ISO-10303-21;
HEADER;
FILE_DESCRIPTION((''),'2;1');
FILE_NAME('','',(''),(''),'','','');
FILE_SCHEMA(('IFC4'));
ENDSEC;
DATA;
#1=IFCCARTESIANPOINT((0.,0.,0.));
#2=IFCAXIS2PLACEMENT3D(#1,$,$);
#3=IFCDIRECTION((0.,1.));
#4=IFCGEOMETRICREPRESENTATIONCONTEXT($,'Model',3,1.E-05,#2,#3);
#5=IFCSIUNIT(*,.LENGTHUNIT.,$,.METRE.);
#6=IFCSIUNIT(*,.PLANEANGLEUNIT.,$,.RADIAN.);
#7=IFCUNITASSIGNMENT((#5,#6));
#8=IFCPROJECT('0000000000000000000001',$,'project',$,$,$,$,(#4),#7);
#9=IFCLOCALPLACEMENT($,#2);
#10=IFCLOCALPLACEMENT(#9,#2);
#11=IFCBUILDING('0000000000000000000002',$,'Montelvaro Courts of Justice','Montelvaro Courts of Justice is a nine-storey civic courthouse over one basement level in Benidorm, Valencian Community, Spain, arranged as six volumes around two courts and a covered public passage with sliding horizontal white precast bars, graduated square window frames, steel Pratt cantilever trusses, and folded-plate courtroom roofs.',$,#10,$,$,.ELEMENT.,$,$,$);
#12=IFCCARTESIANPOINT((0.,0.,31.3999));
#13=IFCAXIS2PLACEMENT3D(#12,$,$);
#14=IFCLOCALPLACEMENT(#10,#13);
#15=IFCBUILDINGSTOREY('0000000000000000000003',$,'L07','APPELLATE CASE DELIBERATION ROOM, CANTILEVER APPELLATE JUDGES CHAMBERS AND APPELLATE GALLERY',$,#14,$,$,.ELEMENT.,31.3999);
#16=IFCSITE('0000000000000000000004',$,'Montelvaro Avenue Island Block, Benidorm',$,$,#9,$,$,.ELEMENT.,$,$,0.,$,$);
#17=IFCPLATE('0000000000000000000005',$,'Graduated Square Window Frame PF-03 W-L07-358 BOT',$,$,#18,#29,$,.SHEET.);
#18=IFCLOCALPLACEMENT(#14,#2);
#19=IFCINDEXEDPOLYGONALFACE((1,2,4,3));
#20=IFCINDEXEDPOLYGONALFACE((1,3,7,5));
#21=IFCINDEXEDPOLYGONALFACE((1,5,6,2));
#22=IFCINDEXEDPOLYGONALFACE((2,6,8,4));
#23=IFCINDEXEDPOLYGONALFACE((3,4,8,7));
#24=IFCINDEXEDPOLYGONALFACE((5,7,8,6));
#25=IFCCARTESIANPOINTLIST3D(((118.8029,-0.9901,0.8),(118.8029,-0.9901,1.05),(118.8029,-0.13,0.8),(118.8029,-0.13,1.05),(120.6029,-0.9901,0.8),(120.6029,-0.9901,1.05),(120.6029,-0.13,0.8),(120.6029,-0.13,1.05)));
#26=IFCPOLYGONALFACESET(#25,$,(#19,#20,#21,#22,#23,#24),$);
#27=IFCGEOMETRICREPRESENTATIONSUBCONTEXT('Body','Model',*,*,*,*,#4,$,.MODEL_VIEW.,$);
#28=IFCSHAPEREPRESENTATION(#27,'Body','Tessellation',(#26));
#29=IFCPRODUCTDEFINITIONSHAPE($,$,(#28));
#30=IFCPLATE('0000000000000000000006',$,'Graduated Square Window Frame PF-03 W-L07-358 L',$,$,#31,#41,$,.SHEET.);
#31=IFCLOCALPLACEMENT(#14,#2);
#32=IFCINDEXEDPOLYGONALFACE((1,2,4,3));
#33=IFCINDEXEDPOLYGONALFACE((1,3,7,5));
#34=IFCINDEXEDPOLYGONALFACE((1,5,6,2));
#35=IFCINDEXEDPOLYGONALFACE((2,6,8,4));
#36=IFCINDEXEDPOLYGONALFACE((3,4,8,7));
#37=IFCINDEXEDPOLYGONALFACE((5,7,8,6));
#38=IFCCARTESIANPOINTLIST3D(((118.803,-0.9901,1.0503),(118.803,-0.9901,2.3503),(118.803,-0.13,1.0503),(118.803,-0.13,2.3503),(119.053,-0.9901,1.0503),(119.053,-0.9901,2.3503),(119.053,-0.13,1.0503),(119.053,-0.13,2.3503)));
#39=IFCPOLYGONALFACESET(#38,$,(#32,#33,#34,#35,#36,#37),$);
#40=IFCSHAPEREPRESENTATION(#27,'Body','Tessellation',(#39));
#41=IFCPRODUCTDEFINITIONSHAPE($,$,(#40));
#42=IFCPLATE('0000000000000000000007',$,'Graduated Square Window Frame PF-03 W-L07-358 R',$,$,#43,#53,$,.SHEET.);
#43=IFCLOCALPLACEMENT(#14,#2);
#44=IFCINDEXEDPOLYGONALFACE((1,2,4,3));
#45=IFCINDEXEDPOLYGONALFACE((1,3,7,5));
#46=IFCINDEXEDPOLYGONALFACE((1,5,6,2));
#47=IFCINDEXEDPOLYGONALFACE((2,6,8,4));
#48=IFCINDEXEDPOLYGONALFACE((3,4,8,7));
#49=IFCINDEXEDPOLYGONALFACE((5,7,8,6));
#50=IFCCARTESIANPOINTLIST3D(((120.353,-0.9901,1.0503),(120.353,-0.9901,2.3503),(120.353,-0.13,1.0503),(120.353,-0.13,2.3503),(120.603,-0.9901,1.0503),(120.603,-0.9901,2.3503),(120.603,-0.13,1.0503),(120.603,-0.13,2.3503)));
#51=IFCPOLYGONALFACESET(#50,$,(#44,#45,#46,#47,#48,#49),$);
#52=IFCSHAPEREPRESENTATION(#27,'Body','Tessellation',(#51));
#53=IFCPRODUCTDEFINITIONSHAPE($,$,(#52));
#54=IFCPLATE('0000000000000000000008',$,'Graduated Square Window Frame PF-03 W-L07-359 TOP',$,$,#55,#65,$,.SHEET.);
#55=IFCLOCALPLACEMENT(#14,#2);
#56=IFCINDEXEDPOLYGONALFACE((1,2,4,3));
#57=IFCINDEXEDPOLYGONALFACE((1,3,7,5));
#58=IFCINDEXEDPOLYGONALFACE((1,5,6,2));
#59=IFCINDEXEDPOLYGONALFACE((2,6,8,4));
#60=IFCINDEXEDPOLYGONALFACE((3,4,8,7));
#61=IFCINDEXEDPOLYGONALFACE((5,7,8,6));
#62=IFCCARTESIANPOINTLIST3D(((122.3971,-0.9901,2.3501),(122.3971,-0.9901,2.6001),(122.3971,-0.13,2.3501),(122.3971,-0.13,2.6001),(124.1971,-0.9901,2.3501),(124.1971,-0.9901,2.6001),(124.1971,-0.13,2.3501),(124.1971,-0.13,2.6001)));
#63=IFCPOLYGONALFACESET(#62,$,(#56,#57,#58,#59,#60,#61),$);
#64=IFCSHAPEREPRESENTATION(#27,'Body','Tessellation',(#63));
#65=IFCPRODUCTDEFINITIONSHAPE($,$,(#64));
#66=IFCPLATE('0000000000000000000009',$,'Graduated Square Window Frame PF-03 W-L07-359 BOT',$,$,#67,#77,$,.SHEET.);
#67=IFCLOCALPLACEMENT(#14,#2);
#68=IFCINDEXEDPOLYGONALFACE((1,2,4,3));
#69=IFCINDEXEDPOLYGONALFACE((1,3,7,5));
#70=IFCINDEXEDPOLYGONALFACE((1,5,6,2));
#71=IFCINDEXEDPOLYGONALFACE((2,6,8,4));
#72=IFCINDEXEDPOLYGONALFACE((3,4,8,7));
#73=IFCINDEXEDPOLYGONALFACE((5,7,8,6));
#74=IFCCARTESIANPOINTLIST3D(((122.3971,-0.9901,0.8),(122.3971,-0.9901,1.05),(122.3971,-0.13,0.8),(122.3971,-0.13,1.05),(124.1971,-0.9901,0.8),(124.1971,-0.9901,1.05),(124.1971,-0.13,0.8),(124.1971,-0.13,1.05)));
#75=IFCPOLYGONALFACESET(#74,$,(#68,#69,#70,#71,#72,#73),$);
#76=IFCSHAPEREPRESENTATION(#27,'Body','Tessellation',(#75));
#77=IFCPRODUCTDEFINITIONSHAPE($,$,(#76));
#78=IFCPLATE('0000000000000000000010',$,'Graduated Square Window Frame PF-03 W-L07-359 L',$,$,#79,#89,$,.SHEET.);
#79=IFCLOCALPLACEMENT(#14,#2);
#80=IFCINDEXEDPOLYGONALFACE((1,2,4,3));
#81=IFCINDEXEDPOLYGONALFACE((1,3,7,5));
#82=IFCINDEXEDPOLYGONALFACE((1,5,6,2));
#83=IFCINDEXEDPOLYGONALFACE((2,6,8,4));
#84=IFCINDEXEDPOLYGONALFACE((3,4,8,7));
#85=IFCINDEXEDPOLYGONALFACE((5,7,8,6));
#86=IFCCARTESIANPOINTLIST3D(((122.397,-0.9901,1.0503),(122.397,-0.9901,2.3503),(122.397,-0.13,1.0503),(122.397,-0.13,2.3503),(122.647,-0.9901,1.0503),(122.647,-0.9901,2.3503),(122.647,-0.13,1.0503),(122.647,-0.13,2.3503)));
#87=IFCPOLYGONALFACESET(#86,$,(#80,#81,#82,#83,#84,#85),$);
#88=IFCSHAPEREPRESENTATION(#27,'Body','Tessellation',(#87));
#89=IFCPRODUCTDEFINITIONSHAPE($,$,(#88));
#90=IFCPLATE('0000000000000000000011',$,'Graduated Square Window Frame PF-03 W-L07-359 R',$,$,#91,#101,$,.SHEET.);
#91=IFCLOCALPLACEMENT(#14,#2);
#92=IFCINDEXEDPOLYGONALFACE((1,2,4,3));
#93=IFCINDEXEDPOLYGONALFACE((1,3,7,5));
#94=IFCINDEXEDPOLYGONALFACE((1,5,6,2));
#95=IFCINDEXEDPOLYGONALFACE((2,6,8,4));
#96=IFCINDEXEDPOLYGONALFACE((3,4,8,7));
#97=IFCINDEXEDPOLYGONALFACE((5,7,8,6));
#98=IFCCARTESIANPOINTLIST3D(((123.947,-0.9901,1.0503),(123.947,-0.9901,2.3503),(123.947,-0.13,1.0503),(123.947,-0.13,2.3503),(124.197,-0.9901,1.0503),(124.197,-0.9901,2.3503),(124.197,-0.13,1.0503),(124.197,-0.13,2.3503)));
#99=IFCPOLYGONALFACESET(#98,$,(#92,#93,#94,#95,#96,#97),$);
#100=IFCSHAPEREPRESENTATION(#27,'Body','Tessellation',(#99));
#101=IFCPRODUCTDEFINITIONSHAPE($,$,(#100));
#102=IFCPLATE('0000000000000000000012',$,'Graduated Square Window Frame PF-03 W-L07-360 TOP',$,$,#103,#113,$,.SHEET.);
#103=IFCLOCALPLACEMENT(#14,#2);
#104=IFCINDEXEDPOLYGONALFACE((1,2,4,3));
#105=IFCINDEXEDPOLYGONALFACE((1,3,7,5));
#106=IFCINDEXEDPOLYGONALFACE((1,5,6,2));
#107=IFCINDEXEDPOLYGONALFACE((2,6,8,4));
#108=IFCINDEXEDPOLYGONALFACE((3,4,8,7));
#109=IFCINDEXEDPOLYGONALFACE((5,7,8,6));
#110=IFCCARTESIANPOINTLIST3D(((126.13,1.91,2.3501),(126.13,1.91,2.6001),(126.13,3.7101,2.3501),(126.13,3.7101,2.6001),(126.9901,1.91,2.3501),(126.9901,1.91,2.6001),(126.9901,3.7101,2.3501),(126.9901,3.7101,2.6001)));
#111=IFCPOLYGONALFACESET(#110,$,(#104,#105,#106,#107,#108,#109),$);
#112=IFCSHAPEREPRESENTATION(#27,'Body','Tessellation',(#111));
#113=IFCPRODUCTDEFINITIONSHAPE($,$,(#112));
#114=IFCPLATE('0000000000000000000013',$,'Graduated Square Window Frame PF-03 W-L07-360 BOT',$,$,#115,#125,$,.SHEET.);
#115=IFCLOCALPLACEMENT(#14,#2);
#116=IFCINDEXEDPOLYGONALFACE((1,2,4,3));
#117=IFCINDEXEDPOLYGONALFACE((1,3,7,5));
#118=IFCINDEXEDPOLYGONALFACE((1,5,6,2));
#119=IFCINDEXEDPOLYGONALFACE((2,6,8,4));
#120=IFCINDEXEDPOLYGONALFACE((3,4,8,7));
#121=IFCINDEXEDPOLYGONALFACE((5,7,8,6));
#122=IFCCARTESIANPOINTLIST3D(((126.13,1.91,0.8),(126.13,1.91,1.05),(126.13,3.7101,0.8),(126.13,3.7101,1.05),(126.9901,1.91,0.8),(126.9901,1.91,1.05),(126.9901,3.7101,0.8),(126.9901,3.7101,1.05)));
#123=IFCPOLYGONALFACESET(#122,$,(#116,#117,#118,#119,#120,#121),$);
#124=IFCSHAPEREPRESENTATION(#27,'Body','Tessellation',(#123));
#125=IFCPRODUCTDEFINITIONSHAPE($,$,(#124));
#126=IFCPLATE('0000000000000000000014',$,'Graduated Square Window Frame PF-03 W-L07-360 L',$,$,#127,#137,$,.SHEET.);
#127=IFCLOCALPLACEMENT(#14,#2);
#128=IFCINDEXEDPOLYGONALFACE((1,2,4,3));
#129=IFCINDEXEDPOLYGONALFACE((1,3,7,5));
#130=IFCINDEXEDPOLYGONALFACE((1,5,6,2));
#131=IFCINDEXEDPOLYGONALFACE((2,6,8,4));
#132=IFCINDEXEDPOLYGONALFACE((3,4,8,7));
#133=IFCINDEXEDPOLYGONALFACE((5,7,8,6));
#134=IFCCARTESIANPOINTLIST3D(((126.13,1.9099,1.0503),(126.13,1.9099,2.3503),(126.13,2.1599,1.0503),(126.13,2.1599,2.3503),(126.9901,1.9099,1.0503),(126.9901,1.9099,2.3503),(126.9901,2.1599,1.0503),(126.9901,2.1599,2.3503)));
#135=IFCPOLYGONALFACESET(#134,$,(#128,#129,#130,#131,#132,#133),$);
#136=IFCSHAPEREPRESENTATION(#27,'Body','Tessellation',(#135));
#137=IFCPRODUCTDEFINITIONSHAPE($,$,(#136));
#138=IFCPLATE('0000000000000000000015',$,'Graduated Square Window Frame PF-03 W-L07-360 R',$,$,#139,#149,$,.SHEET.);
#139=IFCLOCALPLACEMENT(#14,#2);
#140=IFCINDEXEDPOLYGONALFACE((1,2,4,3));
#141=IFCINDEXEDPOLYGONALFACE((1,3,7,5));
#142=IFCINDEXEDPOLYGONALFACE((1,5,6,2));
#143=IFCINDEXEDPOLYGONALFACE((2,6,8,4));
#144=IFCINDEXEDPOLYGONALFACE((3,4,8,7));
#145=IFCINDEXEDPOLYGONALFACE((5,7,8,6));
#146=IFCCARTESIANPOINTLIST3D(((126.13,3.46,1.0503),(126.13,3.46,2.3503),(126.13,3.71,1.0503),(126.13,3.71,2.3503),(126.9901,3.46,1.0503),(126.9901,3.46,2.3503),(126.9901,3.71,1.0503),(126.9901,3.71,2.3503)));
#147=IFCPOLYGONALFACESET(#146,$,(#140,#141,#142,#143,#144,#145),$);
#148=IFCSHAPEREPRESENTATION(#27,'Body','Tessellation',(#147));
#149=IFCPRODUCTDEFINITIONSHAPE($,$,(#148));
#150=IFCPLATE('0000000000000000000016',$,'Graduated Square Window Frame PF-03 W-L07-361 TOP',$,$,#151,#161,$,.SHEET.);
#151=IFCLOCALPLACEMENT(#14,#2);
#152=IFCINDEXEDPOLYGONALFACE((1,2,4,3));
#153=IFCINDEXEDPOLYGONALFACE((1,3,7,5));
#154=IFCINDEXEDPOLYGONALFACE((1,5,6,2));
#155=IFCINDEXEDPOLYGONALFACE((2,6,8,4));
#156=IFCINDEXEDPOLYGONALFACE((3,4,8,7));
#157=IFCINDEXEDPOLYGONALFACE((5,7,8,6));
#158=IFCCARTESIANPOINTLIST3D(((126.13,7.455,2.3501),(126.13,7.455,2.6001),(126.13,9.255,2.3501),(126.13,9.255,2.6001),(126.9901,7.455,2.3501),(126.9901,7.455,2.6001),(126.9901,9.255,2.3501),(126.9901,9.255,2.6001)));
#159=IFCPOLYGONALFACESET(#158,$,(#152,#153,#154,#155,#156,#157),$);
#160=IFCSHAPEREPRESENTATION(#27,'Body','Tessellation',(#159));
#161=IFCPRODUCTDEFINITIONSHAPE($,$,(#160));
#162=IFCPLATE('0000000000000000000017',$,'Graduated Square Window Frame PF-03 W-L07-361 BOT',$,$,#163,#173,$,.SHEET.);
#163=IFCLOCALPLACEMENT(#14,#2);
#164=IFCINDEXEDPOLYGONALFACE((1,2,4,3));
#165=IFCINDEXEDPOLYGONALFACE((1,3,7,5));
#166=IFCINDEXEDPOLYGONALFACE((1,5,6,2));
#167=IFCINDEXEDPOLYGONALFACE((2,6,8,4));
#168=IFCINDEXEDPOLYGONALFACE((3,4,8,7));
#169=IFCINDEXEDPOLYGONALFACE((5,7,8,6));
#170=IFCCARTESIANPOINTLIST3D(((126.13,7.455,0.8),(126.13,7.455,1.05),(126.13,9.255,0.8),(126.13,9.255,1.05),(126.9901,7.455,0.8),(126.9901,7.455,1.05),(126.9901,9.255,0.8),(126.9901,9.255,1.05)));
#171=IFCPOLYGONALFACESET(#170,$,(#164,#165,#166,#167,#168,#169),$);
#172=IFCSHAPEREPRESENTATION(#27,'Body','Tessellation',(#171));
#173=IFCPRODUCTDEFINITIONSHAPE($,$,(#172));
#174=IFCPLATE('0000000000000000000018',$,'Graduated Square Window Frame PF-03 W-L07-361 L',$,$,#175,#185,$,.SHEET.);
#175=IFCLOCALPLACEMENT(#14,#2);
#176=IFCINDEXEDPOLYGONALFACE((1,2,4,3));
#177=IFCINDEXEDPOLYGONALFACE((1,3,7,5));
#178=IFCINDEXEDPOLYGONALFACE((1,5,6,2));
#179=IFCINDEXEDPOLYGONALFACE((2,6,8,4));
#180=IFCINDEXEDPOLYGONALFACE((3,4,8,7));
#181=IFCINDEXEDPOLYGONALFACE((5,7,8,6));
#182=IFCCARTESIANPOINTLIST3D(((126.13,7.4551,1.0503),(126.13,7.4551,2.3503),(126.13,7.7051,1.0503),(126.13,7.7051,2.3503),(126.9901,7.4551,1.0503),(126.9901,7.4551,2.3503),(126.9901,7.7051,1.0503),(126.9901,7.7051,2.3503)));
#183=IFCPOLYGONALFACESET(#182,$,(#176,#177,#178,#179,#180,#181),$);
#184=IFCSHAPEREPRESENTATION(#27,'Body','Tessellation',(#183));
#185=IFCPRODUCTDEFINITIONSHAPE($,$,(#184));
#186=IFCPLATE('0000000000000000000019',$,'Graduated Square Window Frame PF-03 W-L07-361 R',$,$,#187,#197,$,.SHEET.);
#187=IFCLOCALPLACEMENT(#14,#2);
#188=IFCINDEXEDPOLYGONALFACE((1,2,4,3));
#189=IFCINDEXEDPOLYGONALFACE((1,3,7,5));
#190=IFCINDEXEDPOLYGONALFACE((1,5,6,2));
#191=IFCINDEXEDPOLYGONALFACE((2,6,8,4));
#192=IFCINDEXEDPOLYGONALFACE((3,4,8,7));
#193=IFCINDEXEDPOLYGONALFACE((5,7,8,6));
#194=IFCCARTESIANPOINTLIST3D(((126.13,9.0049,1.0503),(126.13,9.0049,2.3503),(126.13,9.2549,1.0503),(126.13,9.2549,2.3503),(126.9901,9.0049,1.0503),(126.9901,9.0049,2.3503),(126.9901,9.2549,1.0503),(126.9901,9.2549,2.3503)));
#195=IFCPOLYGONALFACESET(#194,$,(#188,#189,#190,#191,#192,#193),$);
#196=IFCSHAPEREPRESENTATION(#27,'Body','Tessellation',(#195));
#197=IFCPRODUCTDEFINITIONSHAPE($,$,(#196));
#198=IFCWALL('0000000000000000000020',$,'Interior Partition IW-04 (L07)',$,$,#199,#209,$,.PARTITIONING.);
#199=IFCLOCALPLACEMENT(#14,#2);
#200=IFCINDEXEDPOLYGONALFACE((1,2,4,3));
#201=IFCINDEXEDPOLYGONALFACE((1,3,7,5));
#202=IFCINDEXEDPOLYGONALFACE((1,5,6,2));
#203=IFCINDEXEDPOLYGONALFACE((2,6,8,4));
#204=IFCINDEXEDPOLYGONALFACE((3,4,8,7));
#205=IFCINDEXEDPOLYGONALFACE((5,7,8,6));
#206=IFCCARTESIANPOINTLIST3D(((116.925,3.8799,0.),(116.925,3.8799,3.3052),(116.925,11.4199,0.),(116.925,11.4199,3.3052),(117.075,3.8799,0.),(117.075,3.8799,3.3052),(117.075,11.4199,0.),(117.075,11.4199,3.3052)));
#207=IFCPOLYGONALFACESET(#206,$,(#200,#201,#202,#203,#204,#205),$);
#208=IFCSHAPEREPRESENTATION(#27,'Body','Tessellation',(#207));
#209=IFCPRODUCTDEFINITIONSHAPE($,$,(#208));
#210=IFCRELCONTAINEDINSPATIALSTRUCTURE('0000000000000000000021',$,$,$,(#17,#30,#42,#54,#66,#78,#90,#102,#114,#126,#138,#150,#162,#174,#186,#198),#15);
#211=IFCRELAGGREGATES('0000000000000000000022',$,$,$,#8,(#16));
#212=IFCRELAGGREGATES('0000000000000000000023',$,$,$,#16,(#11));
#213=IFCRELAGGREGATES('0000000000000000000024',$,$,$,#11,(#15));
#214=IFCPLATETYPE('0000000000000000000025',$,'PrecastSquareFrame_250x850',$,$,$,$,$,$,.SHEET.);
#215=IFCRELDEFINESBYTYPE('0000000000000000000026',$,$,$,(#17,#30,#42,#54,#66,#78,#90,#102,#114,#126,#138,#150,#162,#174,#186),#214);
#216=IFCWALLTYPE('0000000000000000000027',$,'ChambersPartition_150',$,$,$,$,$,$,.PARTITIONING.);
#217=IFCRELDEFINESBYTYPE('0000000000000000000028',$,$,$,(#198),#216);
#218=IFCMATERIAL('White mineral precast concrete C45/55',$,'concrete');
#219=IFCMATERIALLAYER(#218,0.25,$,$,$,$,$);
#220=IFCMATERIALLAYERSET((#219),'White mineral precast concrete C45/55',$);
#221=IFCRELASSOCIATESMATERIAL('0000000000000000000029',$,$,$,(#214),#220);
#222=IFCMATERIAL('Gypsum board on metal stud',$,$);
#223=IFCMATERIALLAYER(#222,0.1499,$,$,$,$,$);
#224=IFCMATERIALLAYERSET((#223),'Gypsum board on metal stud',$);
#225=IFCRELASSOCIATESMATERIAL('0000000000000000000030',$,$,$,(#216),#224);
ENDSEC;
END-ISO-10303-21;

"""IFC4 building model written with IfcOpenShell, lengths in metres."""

from ifc_helpers import new_model, si_unit, direction, frame, frame_2d, origin, origin_2d, place, context, subcontext, project, spatial, rectangle, extrude, material, layer, layer_set, type_object, element, save


model = new_model("IFC4")

# Units and contexts
model_context = context("Model", 3, precision=1e-05, world=origin(), true_north=direction((0.0, 1.0)))
body_context = subcontext(model_context, "Body", "Model", "MODEL_VIEW")
ifc_project = project(units=[si_unit("LENGTHUNIT", "METRE"), si_unit("PLANEANGLEUNIT", "RADIAN")], contexts=[model_context])

# Site, building, storey
site_placement = place(None, origin())
site = spatial("IfcSite", under=ifc_project, at=site_placement, Name="Montelvaro Avenue Island Block, Benidorm", CompositionType="ELEMENT", RefElevation=0.0)
building_placement = place(site_placement, origin())
building = spatial("IfcBuilding", under=site, at=building_placement, Name="Montelvaro Courts of Justice", Description="Montelvaro Courts of Justice is a nine-storey civic courthouse over one basement level in Benidorm, Valencian Community, Spain, arranged as six volumes around two courts and a covered public passage with sliding horizontal white precast bars, graduated square window frames, steel Pratt cantilever trusses, and folded-plate courtroom roofs.", CompositionType="ELEMENT")
storey_placement = place(building_placement, frame((0.0, 0.0, 31.3999)))
storey = spatial("IfcBuildingStorey", under=building, at=storey_placement, Name="L07", Description="APPELLATE CASE DELIBERATION ROOM, CANTILEVER APPELLATE JUDGES CHAMBERS AND APPELLATE GALLERY", CompositionType="ELEMENT", Elevation=31.3999)

# Plates
ifc_material_1 = material(Name="White mineral precast concrete C45/55", Category="concrete")
ifc_layer_1 = layer(ifc_material_1, 0.25)
ifc_layer_set_1 = layer_set([ifc_layer_1], Name="White mineral precast concrete C45/55")
plate_type = type_object("IfcPlateType", Name="PrecastSquareFrame_250x850", PredefinedType="SHEET", material=ifc_layer_set_1)
for number, where, z_axis, x_axis, name in (
    (1, (119.7029, -0.5601, 0.8), (0.0, 0.0, 1.0), (1.0, 0.0, 0.0), "Graduated Square Window Frame PF-03 W-L07-358 BOT"),
):
    element("IfcPlate", number, at=place(storey_placement, frame(where, z_axis=z_axis, x_axis=x_axis)), inside=storey, type_object=plate_type, Name=name, PredefinedType="SHEET", context=body_context, shape_type="SweptSolid", body=[
        extrude(rectangle(XDim=1.8, YDim=0.8601, at=origin_2d()), origin(), (0.0, 0.0, 1.0), 0.25),
    ])
for number, where, z_axis, x_axis, name in (
    (2, (118.928, -0.5601, 1.0503), (0.0, 0.0, 1.0), (1.0, 0.0, 0.0), "Graduated Square Window Frame PF-03 W-L07-358 L"),
    (3, (120.478, -0.5601, 1.0503), (0.0, 0.0, 1.0), (1.0, 0.0, 0.0), "Graduated Square Window Frame PF-03 W-L07-358 R"),
):
    element("IfcPlate", number, at=place(storey_placement, frame(where, z_axis=z_axis, x_axis=x_axis)), inside=storey, type_object=plate_type, Name=name, PredefinedType="SHEET", context=body_context, shape_type="SweptSolid", body=[
        extrude(rectangle(XDim=0.25, YDim=0.8601, at=origin_2d()), origin(), (0.0, 0.0, 1.0), 1.3),
    ])
for number, where, z_axis, x_axis, name in (
    (4, (123.2971, -0.5601, 2.3501), (0.0, 0.0, 1.0), (1.0, 0.0, 0.0), "Graduated Square Window Frame PF-03 W-L07-359 TOP"),
    (5, (123.2971, -0.5601, 0.8), (0.0, 0.0, 1.0), (1.0, 0.0, 0.0), "Graduated Square Window Frame PF-03 W-L07-359 BOT"),
):
    element("IfcPlate", number, at=place(storey_placement, frame(where, z_axis=z_axis, x_axis=x_axis)), inside=storey, type_object=plate_type, Name=name, PredefinedType="SHEET", context=body_context, shape_type="SweptSolid", body=[
        extrude(rectangle(XDim=1.8, YDim=0.8601, at=origin_2d()), origin(), (0.0, 0.0, 1.0), 0.25),
    ])
for number, where, z_axis, x_axis, name in (
    (6, (122.522, -0.5601, 1.0503), (0.0, 0.0, 1.0), (1.0, 0.0, 0.0), "Graduated Square Window Frame PF-03 W-L07-359 L"),
    (7, (124.072, -0.5601, 1.0503), (0.0, 0.0, 1.0), (1.0, 0.0, 0.0), "Graduated Square Window Frame PF-03 W-L07-359 R"),
):
    element("IfcPlate", number, at=place(storey_placement, frame(where, z_axis=z_axis, x_axis=x_axis)), inside=storey, type_object=plate_type, Name=name, PredefinedType="SHEET", context=body_context, shape_type="SweptSolid", body=[
        extrude(rectangle(XDim=0.25, YDim=0.8601, at=origin_2d()), origin(), (0.0, 0.0, 1.0), 1.3),
    ])
for number, where, z_axis, x_axis, name in (
    (8, (126.5601, 2.8101, 2.3501), (0.0, 0.0, 1.0), (0.0, 1.0, 0.0), "Graduated Square Window Frame PF-03 W-L07-360 TOP"),
    (9, (126.5601, 2.8101, 0.8), (0.0, 0.0, 1.0), (0.0, 1.0, 0.0), "Graduated Square Window Frame PF-03 W-L07-360 BOT"),
):
    element("IfcPlate", number, at=place(storey_placement, frame(where, z_axis=z_axis, x_axis=x_axis)), inside=storey, type_object=plate_type, Name=name, PredefinedType="SHEET", context=body_context, shape_type="SweptSolid", body=[
        extrude(rectangle(XDim=1.8, YDim=0.8601, at=origin_2d()), origin(), (0.0, 0.0, 1.0), 0.25),
    ])
for number, where, z_axis, x_axis, name in (
    (10, (126.5601, 2.0349, 1.0503), (0.0, 0.0, 1.0), (0.0, 1.0, 0.0), "Graduated Square Window Frame PF-03 W-L07-360 L"),
    (11, (126.5601, 3.585, 1.0503), (0.0, 0.0, 1.0), (0.0, 1.0, 0.0), "Graduated Square Window Frame PF-03 W-L07-360 R"),
):
    element("IfcPlate", number, at=place(storey_placement, frame(where, z_axis=z_axis, x_axis=x_axis)), inside=storey, type_object=plate_type, Name=name, PredefinedType="SHEET", context=body_context, shape_type="SweptSolid", body=[
        extrude(rectangle(XDim=0.25, YDim=0.8601, at=origin_2d()), origin(), (0.0, 0.0, 1.0), 1.3),
    ])
for number, where, z_axis, x_axis, name in (
    (12, (126.5601, 8.355, 2.3501), (0.0, 0.0, 1.0), (0.0, 1.0, 0.0), "Graduated Square Window Frame PF-03 W-L07-361 TOP"),
    (13, (126.5601, 8.355, 0.8), (0.0, 0.0, 1.0), (0.0, 1.0, 0.0), "Graduated Square Window Frame PF-03 W-L07-361 BOT"),
):
    element("IfcPlate", number, at=place(storey_placement, frame(where, z_axis=z_axis, x_axis=x_axis)), inside=storey, type_object=plate_type, Name=name, PredefinedType="SHEET", context=body_context, shape_type="SweptSolid", body=[
        extrude(rectangle(XDim=1.8, YDim=0.8601, at=origin_2d()), origin(), (0.0, 0.0, 1.0), 0.25),
    ])
for number, where, z_axis, x_axis, name in (
    (14, (126.5601, 7.5801, 1.0503), (0.0, 0.0, 1.0), (0.0, 1.0, 0.0), "Graduated Square Window Frame PF-03 W-L07-361 L"),
    (15, (126.5601, 9.1299, 1.0503), (0.0, 0.0, 1.0), (0.0, 1.0, 0.0), "Graduated Square Window Frame PF-03 W-L07-361 R"),
):
    element("IfcPlate", number, at=place(storey_placement, frame(where, z_axis=z_axis, x_axis=x_axis)), inside=storey, type_object=plate_type, Name=name, PredefinedType="SHEET", context=body_context, shape_type="SweptSolid", body=[
        extrude(rectangle(XDim=0.25, YDim=0.8601, at=origin_2d()), origin(), (0.0, 0.0, 1.0), 1.3),
    ])

# Wall
ifc_material_2 = material(Name="Gypsum board on metal stud")
ifc_layer_2 = layer(ifc_material_2, 0.1499)
ifc_layer_set_2 = layer_set([ifc_layer_2], Name="Gypsum board on metal stud")
wall_type_1 = type_object("IfcWallType", Name="ChambersPartition_150", PredefinedType="PARTITIONING", material=ifc_layer_set_2)
wall_1_placement = place(storey_placement, frame((117.0, 3.8799, 0.0), z_axis=(0.0, 0.0, 1.0), x_axis=(0.0, 1.0, 0.0)))
element("IfcWall", 16, at=wall_1_placement, inside=storey, type_object=wall_type_1, Name="Interior Partition IW-04 (L07)", PredefinedType="PARTITIONING", context=body_context, shape_type="SweptSolid", body=[
    extrude(rectangle(XDim=7.54, YDim=0.1499, at=frame_2d((3.77, 0.0))), origin(), (0.0, 0.0, 1.0), 3.3052),
])

save(model, "model.ifc")
